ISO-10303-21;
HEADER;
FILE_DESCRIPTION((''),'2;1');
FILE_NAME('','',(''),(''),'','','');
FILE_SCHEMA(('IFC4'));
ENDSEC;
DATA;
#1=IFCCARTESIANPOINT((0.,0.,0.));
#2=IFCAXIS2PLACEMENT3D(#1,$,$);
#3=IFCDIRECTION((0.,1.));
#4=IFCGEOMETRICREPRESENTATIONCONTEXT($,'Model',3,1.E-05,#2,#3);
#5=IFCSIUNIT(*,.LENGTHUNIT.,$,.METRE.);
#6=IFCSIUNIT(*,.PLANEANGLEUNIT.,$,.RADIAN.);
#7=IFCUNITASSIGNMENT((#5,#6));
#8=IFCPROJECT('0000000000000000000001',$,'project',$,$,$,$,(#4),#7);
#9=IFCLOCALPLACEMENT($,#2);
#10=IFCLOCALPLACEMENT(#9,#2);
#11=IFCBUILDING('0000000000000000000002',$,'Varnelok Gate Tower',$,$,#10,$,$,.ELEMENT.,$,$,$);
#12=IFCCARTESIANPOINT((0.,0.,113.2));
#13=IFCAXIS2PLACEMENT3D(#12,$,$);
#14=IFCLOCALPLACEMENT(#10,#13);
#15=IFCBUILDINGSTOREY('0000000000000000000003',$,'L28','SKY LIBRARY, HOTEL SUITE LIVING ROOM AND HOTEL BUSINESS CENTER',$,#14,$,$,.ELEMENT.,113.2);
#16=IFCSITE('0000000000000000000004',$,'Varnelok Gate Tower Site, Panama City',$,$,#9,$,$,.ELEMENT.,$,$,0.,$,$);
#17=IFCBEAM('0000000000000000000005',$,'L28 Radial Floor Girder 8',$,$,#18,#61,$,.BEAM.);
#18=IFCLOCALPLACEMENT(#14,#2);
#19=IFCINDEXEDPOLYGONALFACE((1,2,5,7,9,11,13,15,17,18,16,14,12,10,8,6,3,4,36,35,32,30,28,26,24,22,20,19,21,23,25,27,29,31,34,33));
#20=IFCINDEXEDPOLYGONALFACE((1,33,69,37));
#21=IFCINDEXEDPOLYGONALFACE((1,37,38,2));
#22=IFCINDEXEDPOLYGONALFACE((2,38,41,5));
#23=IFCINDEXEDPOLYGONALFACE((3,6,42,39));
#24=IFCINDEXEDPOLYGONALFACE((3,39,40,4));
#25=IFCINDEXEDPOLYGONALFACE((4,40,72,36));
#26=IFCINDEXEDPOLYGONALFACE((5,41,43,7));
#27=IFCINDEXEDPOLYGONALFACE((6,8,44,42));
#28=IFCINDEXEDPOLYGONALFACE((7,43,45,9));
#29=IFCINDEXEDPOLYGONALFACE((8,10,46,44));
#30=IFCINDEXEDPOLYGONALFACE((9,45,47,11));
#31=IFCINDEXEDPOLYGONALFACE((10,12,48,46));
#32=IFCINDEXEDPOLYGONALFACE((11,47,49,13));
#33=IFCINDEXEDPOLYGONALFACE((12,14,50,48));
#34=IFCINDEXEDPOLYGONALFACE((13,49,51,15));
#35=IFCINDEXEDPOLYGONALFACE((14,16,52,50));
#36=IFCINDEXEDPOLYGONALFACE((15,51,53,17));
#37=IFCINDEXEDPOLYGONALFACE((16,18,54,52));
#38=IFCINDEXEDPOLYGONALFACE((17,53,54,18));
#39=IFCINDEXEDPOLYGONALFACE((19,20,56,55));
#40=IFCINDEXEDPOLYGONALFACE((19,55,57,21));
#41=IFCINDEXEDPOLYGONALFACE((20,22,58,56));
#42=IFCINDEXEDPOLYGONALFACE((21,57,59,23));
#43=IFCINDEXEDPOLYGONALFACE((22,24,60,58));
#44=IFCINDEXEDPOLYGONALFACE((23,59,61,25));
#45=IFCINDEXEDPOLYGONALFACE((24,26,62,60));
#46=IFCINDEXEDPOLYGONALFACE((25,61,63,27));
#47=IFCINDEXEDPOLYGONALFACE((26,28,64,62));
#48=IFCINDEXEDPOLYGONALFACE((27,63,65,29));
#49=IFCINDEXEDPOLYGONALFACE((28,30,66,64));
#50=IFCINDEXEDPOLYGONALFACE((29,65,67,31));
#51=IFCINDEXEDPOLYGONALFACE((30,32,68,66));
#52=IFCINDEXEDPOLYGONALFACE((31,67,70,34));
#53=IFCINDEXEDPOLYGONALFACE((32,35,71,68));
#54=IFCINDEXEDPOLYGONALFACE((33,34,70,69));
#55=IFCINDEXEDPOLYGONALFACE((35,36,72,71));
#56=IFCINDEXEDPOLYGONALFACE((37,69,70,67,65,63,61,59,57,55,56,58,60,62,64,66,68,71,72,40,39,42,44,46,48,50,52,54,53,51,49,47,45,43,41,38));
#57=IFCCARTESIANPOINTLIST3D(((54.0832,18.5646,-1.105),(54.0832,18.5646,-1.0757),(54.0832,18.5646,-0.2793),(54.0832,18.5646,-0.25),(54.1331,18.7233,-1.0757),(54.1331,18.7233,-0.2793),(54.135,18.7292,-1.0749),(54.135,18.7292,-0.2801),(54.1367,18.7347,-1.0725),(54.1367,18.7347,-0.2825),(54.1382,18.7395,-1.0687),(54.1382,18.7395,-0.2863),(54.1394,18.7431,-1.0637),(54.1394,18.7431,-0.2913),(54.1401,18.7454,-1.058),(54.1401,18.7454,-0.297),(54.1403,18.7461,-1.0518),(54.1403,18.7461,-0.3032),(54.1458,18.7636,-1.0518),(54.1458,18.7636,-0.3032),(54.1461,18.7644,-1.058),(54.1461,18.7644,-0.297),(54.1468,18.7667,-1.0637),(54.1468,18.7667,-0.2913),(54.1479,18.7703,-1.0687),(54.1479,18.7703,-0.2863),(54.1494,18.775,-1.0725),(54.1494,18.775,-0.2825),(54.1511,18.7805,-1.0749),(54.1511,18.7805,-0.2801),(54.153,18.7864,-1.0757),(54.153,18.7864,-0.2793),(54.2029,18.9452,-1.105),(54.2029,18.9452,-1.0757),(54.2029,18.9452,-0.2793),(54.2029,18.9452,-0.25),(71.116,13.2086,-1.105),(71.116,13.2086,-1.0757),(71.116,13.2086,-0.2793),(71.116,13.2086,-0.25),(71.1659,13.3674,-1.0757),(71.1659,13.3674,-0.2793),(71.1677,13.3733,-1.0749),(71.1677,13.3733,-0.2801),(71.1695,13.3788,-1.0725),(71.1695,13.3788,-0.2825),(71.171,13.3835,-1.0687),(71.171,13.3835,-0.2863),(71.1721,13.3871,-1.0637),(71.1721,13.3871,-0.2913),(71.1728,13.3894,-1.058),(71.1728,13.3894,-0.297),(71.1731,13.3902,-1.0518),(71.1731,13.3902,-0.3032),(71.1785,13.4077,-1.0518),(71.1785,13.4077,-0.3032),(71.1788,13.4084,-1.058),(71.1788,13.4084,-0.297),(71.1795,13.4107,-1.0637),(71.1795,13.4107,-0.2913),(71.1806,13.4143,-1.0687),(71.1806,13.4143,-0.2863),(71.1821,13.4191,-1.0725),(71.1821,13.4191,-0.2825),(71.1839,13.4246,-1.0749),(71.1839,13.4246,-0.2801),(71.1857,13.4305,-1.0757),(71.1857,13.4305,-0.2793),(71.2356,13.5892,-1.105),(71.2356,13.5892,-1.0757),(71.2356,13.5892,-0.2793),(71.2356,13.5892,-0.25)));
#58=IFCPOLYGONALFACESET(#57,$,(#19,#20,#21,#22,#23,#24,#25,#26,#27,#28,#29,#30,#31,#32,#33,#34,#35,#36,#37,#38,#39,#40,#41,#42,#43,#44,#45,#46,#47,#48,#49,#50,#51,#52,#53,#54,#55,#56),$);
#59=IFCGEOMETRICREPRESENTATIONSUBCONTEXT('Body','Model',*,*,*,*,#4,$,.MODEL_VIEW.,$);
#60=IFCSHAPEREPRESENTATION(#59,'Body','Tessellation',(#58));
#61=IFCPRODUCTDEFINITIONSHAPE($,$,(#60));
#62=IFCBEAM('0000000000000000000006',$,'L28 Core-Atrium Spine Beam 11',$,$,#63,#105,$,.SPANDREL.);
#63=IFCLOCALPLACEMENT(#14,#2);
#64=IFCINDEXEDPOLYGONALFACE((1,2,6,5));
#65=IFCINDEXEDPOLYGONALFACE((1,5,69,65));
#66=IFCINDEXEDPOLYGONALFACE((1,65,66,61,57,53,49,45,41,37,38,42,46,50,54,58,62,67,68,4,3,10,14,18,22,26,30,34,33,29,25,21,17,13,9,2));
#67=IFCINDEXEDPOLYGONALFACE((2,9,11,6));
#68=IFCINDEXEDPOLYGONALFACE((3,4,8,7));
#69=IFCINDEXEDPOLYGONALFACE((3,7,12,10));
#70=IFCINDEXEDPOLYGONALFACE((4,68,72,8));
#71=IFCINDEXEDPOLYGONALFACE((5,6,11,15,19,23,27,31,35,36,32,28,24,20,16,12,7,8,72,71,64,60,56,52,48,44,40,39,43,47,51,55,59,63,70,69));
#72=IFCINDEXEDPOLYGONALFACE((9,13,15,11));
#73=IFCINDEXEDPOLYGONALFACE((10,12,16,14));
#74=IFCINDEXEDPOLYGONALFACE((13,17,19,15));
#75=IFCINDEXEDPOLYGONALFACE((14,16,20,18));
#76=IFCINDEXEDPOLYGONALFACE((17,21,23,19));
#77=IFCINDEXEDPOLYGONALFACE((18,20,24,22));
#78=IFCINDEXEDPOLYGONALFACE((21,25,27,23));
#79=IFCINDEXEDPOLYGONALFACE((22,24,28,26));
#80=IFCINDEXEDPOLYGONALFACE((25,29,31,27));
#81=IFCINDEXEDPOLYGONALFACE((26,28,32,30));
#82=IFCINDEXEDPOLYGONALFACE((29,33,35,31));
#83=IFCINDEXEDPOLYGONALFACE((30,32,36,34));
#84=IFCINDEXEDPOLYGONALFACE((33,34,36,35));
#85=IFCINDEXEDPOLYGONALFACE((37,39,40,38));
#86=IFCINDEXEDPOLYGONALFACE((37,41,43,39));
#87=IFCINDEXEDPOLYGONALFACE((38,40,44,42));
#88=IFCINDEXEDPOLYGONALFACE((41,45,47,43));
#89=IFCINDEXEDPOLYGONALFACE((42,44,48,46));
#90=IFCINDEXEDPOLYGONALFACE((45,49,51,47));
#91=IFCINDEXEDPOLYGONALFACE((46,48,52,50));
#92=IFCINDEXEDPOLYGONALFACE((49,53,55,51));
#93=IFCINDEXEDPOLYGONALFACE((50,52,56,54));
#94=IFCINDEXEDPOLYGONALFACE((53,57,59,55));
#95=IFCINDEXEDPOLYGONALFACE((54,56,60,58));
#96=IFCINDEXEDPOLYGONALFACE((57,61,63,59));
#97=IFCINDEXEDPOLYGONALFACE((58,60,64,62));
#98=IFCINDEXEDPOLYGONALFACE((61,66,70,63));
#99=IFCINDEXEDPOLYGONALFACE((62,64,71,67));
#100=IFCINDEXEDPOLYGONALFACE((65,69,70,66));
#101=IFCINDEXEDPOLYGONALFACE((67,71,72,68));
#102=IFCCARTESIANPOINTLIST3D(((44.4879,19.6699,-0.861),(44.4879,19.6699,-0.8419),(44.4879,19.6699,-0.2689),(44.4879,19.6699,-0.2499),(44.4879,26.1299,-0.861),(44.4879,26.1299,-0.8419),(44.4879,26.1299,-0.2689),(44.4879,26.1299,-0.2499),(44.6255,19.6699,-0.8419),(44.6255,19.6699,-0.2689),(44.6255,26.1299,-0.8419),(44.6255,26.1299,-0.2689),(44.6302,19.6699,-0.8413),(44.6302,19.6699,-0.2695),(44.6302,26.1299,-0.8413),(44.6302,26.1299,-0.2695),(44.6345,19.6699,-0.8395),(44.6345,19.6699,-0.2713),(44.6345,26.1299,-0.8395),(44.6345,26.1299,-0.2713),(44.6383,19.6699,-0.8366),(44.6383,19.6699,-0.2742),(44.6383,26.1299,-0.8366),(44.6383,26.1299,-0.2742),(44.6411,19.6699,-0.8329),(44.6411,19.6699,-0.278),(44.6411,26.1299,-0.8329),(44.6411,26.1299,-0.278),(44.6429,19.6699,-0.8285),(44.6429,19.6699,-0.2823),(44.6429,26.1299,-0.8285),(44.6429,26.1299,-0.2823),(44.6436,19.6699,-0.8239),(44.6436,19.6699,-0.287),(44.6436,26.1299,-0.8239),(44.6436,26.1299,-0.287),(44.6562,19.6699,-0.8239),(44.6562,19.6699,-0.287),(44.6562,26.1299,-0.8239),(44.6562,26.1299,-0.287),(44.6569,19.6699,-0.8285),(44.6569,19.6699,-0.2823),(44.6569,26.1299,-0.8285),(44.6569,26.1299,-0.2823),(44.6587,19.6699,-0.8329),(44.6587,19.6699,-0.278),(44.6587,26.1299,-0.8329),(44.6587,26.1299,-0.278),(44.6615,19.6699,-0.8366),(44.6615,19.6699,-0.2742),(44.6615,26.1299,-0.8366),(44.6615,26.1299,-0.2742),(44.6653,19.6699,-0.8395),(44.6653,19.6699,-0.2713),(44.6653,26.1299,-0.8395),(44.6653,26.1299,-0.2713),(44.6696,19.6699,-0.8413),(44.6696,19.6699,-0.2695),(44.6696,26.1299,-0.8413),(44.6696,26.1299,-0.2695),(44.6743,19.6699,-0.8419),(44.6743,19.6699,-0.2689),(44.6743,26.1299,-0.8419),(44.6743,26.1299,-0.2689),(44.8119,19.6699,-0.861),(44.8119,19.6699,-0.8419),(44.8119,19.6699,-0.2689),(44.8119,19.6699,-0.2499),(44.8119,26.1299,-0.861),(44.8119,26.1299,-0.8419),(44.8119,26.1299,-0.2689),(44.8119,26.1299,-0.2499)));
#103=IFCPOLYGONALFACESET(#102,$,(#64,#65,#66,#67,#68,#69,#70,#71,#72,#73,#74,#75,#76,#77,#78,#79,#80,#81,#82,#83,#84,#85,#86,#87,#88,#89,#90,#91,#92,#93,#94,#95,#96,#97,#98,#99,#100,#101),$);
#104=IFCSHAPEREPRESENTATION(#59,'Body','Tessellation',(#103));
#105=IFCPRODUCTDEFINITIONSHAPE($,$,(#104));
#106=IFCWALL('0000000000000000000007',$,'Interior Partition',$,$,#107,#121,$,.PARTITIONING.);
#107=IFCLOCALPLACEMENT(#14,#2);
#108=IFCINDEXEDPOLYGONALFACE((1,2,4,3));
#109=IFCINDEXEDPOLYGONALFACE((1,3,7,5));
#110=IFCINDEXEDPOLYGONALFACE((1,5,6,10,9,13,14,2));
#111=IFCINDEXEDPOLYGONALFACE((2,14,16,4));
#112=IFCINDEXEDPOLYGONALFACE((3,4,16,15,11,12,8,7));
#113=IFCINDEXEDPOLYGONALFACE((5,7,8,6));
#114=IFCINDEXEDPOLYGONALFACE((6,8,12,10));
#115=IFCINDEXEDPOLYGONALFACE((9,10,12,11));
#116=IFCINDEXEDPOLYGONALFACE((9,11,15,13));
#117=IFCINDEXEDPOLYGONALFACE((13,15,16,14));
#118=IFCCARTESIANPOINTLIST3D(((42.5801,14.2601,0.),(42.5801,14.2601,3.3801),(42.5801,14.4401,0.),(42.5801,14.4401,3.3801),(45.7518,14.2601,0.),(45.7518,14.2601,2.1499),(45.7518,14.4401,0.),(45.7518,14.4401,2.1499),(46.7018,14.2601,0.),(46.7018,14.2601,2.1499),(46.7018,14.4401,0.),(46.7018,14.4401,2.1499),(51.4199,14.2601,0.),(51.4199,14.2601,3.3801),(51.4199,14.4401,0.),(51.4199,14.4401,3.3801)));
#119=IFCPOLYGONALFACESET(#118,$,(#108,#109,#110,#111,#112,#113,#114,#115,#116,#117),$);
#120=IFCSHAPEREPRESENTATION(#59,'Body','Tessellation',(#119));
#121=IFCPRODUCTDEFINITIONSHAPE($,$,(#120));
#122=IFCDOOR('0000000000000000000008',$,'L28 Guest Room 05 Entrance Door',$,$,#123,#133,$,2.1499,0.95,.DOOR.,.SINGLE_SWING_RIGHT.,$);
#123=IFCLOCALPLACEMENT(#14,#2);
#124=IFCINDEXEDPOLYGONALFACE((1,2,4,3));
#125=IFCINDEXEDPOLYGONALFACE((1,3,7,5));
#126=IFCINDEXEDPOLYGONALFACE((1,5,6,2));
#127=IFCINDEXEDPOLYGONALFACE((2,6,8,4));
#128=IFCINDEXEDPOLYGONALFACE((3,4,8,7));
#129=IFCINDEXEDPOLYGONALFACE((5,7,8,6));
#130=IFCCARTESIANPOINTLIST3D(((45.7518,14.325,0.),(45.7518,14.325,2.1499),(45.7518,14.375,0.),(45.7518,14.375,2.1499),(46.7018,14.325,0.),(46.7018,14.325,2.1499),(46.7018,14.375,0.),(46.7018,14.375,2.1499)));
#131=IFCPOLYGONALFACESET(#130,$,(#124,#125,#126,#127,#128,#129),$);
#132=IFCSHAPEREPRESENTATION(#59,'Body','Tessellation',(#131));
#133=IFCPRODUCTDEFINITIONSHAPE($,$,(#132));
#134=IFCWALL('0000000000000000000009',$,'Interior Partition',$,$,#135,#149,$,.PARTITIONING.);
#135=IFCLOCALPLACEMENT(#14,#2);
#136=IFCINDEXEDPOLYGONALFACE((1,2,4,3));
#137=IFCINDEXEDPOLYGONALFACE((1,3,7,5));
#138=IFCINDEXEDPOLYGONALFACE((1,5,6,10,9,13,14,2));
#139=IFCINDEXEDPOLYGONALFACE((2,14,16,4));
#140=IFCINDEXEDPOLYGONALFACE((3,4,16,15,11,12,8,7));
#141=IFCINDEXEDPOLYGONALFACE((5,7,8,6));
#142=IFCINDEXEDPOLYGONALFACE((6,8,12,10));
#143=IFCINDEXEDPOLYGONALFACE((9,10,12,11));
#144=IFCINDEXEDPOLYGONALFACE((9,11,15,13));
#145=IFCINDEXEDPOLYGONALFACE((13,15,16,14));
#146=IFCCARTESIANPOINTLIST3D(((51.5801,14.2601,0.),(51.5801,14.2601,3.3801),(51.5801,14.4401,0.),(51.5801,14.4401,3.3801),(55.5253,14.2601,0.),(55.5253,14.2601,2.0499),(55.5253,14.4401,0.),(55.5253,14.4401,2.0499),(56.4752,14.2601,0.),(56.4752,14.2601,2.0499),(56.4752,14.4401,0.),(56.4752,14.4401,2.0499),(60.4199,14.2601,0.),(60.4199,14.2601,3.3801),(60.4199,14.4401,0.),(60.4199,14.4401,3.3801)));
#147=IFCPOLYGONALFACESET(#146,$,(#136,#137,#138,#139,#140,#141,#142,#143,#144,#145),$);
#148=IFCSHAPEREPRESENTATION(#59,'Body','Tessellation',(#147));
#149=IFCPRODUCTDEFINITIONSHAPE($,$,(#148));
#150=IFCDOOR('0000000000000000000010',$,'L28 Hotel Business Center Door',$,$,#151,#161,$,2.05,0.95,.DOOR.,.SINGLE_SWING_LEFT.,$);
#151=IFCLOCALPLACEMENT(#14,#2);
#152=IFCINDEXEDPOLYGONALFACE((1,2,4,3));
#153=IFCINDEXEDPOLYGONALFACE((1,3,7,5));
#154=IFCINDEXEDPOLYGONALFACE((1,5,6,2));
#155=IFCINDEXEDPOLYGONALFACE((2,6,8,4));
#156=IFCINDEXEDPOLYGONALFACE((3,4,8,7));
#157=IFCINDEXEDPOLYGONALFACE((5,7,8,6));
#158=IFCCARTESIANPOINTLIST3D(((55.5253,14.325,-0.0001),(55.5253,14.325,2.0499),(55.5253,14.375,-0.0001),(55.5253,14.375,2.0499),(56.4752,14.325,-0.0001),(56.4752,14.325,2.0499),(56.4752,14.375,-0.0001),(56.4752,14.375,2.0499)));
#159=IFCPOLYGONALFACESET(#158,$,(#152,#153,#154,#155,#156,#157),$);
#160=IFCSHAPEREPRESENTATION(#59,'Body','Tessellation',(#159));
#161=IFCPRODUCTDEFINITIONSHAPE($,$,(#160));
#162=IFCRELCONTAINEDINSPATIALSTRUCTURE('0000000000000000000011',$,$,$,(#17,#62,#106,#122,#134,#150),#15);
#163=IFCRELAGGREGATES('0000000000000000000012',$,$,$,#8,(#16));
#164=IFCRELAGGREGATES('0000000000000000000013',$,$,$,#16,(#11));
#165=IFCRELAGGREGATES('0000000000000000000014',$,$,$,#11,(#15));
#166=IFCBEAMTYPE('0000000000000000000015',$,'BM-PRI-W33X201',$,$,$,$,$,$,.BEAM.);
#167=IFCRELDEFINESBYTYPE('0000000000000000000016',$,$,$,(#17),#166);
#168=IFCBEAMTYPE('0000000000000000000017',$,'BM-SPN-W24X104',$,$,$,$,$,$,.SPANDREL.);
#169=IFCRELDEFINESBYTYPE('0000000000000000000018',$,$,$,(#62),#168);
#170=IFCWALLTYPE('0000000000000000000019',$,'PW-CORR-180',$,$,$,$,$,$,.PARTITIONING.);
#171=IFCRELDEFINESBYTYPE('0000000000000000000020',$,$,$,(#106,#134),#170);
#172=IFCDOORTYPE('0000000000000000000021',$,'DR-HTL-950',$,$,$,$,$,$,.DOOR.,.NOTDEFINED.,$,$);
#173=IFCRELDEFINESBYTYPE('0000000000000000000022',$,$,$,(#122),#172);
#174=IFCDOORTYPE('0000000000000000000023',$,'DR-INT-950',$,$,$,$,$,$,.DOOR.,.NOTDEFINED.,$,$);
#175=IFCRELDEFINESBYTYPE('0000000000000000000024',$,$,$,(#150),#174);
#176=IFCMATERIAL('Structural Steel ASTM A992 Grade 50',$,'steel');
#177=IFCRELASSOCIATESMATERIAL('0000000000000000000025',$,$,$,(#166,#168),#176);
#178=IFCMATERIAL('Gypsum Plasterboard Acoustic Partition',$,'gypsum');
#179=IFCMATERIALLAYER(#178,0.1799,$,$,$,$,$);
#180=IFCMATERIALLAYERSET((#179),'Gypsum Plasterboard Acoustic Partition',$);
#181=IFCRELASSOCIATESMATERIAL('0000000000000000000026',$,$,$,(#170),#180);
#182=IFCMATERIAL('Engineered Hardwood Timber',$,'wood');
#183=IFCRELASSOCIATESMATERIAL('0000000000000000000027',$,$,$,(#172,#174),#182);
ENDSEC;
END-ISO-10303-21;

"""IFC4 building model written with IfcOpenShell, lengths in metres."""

from ifc_helpers import new_model, si_unit, direction, frame, frame_2d, origin, origin_2d, place, context, subcontext, project, spatial, rectangle, i_section, extrude, material, layer, layer_set, material_profile, profile_set, type_object, element, fill, save


model = new_model("IFC4")

# Units and contexts
model_context = context("Model", 3, precision=1e-05, world=origin(), true_north=direction((0.0, 1.0)))
body_context = subcontext(model_context, "Body", "Model", "MODEL_VIEW")
ifc_project = project(units=[si_unit("LENGTHUNIT", "METRE"), si_unit("PLANEANGLEUNIT", "RADIAN")], contexts=[model_context])

# Site, building, storey
site_placement = place(None, origin())
site = spatial("IfcSite", under=ifc_project, at=site_placement, Name="Varnelok Gate Tower Site, Panama City", CompositionType="ELEMENT", RefElevation=0.0)
building_placement = place(site_placement, origin())
building = spatial("IfcBuilding", under=site, at=building_placement, Name="Varnelok Gate Tower", CompositionType="ELEMENT")
storey_placement = place(building_placement, frame((0.0, 0.0, 113.2)))
storey = spatial("IfcBuildingStorey", under=building, at=storey_placement, Name="L28", Description="SKY LIBRARY, HOTEL SUITE LIVING ROOM AND HOTEL BUSINESS CENTER", CompositionType="ELEMENT", Elevation=113.2)

# Shared definitions
ifc_material_1 = material(Name="Structural Steel ASTM A992 Grade 50", Category="steel")

# Beams
ifc_material_profile_1 = material_profile(ifc_material_1, i_section(OverallWidth=0.3989, OverallDepth=0.855, WebThickness=0.0183, FlangeThickness=0.0293, FilletRadius=0.0239, at=origin_2d()), Name="W33X201")
ifc_profile_set_1 = profile_set([ifc_material_profile_1], Name="Structural Steel ASTM A992 Grade 50")
beam_type_1 = type_object("IfcBeamType", Name="BM-PRI-W33X201", PredefinedType="BEAM", material=ifc_profile_set_1)
beam_1_placement = place(storey_placement, frame((54.1431, 18.7549, -0.6775), z_axis=(0.953949, -0.29997, 0.0), x_axis=(0.29997, 0.953949, 0.0)))
element("IfcBeam", 1, at=beam_1_placement, inside=storey, type_object=beam_type_1, Name="L28 Radial Floor Girder 8", PredefinedType="BEAM", context=body_context, shape_type="SweptSolid", body=[
    extrude(i_section(OverallWidth=0.3989, OverallDepth=0.855, WebThickness=0.0183, FlangeThickness=0.0293, FilletRadius=0.0239, at=origin_2d()), origin(), (0.0, 0.0, 1.0), 17.855),
])
ifc_material_profile_2 = material_profile(ifc_material_1, i_section(OverallWidth=0.324, OverallDepth=0.6111, WebThickness=0.0127, FlangeThickness=0.019, FilletRadius=0.0181, at=origin_2d()), Name="W24X104")
ifc_profile_set_2 = profile_set([ifc_material_profile_2], Name="Structural Steel ASTM A992 Grade 50")
beam_type_2 = type_object("IfcBeamType", Name="BM-SPN-W24X104", PredefinedType="SPANDREL", material=ifc_profile_set_2)
beam_2_placement = place(storey_placement, frame((44.6499, 19.6699, -0.5554), z_axis=(0.0, 1.0, 0.0), x_axis=(-1.0, 0.0, 0.0)))
element("IfcBeam", 2, at=beam_2_placement, inside=storey, type_object=beam_type_2, Name="L28 Core-Atrium Spine Beam 11", PredefinedType="SPANDREL", context=body_context, shape_type="SweptSolid", body=[
    extrude(i_section(OverallWidth=0.324, OverallDepth=0.6111, WebThickness=0.0127, FlangeThickness=0.019, FilletRadius=0.0181, at=origin_2d()), origin(), (0.0, 0.0, 1.0), 6.46),
])

# Walls, openings, doors
ifc_material_2 = material(Name="Gypsum Plasterboard Acoustic Partition", Category="gypsum")
ifc_layer_1 = layer(ifc_material_2, 0.1799)
ifc_layer_set_1 = layer_set([ifc_layer_1], Name="Gypsum Plasterboard Acoustic Partition")
wall_type_1 = type_object("IfcWallType", Name="PW-CORR-180", PredefinedType="PARTITIONING", material=ifc_layer_set_1)
wall_1_placement = place(storey_placement, frame((42.5801, 14.3501, 0.0), z_axis=(0.0, 0.0, 1.0), x_axis=(1.0, 0.0, 0.0)))
wall_1 = element("IfcWall", 3, at=wall_1_placement, inside=storey, type_object=wall_type_1, Name="Interior Partition", PredefinedType="PARTITIONING", context=body_context, shape_type="SweptSolid", body=[
    extrude(rectangle(XDim=8.8398, YDim=0.1799, at=frame_2d((4.4199, 0.0))), origin(), (0.0, 0.0, 1.0), 3.3801),
])
opening_1_placement = place(wall_1_placement, frame((3.1716, 0.0, 0.0)))
opening_1 = element("IfcOpeningElement", 4, at=opening_1_placement, cuts=wall_1, PredefinedType="OPENING", context=body_context, shape_type="SweptSolid", body=[
    extrude(rectangle(XDim=0.95, YDim=2.1499, at=frame_2d((0.4751, 1.075))), frame((0.0, 0.0999, 0.0), z_axis=(0.0, -1.0, 0.0), x_axis=(1.0, 0.0, 0.0)), (0.0, 0.0, 1.0), 0.2),
])
ifc_material_3 = material(Name="Engineered Hardwood Timber", Category="wood")
door_type_1 = type_object("IfcDoorType", Name="DR-HTL-950", OperationType="NOTDEFINED", PredefinedType="DOOR", material=ifc_material_3)
door_1_placement = place(opening_1_placement, origin())
door_1 = element("IfcDoor", 5, at=door_1_placement, inside=storey, type_object=door_type_1, Name="L28 Guest Room 05 Entrance Door", OperationType="SINGLE_SWING_RIGHT", OverallHeight=2.1499, OverallWidth=0.95, PredefinedType="DOOR", context=body_context, shape_type="SweptSolid", body=[
    extrude(rectangle(XDim=0.95, YDim=2.1499, at=frame_2d((0.4751, 1.075))), frame((0.0, 0.0249, 0.0), z_axis=(0.0, -1.0, 0.0), x_axis=(1.0, 0.0, 0.0)), (0.0, 0.0, 1.0), 0.05),
])
fill(opening_1, door_1)
wall_2_placement = place(storey_placement, frame((51.5801, 14.3501, 0.0), z_axis=(0.0, 0.0, 1.0), x_axis=(1.0, 0.0, 0.0)))
wall_2 = element("IfcWall", 6, at=wall_2_placement, inside=storey, type_object=wall_type_1, Name="Interior Partition", PredefinedType="PARTITIONING", context=body_context, shape_type="SweptSolid", body=[
    extrude(rectangle(XDim=8.8398, YDim=0.1799, at=frame_2d((4.4199, 0.0))), origin(), (0.0, 0.0, 1.0), 3.3801),
])
opening_2_placement = place(wall_2_placement, frame((3.9451, 0.0, 0.0)))
opening_2 = element("IfcOpeningElement", 7, at=opening_2_placement, cuts=wall_2, PredefinedType="OPENING", context=body_context, shape_type="SweptSolid", body=[
    extrude(rectangle(XDim=0.95, YDim=2.05, at=frame_2d((0.4751, 1.0249))), frame((0.0, 0.0999, 0.0), z_axis=(0.0, -1.0, 0.0), x_axis=(1.0, 0.0, 0.0)), (0.0, 0.0, 1.0), 0.2),
])
door_type_2 = type_object("IfcDoorType", Name="DR-INT-950", OperationType="NOTDEFINED", PredefinedType="DOOR", material=ifc_material_3)
door_2_placement = place(opening_2_placement, origin())
door_2 = element("IfcDoor", 8, at=door_2_placement, inside=storey, type_object=door_type_2, Name="L28 Hotel Business Center Door", OperationType="SINGLE_SWING_LEFT", OverallHeight=2.05, OverallWidth=0.95, PredefinedType="DOOR", context=body_context, shape_type="SweptSolid", body=[
    extrude(rectangle(XDim=0.95, YDim=2.05, at=frame_2d((0.4751, 1.0249))), frame((0.0, 0.0249, 0.0), z_axis=(0.0, -1.0, 0.0), x_axis=(1.0, 0.0, 0.0)), (0.0, 0.0, 1.0), 0.05),
])
fill(opening_2, door_2)

save(model, "model.ifc")
